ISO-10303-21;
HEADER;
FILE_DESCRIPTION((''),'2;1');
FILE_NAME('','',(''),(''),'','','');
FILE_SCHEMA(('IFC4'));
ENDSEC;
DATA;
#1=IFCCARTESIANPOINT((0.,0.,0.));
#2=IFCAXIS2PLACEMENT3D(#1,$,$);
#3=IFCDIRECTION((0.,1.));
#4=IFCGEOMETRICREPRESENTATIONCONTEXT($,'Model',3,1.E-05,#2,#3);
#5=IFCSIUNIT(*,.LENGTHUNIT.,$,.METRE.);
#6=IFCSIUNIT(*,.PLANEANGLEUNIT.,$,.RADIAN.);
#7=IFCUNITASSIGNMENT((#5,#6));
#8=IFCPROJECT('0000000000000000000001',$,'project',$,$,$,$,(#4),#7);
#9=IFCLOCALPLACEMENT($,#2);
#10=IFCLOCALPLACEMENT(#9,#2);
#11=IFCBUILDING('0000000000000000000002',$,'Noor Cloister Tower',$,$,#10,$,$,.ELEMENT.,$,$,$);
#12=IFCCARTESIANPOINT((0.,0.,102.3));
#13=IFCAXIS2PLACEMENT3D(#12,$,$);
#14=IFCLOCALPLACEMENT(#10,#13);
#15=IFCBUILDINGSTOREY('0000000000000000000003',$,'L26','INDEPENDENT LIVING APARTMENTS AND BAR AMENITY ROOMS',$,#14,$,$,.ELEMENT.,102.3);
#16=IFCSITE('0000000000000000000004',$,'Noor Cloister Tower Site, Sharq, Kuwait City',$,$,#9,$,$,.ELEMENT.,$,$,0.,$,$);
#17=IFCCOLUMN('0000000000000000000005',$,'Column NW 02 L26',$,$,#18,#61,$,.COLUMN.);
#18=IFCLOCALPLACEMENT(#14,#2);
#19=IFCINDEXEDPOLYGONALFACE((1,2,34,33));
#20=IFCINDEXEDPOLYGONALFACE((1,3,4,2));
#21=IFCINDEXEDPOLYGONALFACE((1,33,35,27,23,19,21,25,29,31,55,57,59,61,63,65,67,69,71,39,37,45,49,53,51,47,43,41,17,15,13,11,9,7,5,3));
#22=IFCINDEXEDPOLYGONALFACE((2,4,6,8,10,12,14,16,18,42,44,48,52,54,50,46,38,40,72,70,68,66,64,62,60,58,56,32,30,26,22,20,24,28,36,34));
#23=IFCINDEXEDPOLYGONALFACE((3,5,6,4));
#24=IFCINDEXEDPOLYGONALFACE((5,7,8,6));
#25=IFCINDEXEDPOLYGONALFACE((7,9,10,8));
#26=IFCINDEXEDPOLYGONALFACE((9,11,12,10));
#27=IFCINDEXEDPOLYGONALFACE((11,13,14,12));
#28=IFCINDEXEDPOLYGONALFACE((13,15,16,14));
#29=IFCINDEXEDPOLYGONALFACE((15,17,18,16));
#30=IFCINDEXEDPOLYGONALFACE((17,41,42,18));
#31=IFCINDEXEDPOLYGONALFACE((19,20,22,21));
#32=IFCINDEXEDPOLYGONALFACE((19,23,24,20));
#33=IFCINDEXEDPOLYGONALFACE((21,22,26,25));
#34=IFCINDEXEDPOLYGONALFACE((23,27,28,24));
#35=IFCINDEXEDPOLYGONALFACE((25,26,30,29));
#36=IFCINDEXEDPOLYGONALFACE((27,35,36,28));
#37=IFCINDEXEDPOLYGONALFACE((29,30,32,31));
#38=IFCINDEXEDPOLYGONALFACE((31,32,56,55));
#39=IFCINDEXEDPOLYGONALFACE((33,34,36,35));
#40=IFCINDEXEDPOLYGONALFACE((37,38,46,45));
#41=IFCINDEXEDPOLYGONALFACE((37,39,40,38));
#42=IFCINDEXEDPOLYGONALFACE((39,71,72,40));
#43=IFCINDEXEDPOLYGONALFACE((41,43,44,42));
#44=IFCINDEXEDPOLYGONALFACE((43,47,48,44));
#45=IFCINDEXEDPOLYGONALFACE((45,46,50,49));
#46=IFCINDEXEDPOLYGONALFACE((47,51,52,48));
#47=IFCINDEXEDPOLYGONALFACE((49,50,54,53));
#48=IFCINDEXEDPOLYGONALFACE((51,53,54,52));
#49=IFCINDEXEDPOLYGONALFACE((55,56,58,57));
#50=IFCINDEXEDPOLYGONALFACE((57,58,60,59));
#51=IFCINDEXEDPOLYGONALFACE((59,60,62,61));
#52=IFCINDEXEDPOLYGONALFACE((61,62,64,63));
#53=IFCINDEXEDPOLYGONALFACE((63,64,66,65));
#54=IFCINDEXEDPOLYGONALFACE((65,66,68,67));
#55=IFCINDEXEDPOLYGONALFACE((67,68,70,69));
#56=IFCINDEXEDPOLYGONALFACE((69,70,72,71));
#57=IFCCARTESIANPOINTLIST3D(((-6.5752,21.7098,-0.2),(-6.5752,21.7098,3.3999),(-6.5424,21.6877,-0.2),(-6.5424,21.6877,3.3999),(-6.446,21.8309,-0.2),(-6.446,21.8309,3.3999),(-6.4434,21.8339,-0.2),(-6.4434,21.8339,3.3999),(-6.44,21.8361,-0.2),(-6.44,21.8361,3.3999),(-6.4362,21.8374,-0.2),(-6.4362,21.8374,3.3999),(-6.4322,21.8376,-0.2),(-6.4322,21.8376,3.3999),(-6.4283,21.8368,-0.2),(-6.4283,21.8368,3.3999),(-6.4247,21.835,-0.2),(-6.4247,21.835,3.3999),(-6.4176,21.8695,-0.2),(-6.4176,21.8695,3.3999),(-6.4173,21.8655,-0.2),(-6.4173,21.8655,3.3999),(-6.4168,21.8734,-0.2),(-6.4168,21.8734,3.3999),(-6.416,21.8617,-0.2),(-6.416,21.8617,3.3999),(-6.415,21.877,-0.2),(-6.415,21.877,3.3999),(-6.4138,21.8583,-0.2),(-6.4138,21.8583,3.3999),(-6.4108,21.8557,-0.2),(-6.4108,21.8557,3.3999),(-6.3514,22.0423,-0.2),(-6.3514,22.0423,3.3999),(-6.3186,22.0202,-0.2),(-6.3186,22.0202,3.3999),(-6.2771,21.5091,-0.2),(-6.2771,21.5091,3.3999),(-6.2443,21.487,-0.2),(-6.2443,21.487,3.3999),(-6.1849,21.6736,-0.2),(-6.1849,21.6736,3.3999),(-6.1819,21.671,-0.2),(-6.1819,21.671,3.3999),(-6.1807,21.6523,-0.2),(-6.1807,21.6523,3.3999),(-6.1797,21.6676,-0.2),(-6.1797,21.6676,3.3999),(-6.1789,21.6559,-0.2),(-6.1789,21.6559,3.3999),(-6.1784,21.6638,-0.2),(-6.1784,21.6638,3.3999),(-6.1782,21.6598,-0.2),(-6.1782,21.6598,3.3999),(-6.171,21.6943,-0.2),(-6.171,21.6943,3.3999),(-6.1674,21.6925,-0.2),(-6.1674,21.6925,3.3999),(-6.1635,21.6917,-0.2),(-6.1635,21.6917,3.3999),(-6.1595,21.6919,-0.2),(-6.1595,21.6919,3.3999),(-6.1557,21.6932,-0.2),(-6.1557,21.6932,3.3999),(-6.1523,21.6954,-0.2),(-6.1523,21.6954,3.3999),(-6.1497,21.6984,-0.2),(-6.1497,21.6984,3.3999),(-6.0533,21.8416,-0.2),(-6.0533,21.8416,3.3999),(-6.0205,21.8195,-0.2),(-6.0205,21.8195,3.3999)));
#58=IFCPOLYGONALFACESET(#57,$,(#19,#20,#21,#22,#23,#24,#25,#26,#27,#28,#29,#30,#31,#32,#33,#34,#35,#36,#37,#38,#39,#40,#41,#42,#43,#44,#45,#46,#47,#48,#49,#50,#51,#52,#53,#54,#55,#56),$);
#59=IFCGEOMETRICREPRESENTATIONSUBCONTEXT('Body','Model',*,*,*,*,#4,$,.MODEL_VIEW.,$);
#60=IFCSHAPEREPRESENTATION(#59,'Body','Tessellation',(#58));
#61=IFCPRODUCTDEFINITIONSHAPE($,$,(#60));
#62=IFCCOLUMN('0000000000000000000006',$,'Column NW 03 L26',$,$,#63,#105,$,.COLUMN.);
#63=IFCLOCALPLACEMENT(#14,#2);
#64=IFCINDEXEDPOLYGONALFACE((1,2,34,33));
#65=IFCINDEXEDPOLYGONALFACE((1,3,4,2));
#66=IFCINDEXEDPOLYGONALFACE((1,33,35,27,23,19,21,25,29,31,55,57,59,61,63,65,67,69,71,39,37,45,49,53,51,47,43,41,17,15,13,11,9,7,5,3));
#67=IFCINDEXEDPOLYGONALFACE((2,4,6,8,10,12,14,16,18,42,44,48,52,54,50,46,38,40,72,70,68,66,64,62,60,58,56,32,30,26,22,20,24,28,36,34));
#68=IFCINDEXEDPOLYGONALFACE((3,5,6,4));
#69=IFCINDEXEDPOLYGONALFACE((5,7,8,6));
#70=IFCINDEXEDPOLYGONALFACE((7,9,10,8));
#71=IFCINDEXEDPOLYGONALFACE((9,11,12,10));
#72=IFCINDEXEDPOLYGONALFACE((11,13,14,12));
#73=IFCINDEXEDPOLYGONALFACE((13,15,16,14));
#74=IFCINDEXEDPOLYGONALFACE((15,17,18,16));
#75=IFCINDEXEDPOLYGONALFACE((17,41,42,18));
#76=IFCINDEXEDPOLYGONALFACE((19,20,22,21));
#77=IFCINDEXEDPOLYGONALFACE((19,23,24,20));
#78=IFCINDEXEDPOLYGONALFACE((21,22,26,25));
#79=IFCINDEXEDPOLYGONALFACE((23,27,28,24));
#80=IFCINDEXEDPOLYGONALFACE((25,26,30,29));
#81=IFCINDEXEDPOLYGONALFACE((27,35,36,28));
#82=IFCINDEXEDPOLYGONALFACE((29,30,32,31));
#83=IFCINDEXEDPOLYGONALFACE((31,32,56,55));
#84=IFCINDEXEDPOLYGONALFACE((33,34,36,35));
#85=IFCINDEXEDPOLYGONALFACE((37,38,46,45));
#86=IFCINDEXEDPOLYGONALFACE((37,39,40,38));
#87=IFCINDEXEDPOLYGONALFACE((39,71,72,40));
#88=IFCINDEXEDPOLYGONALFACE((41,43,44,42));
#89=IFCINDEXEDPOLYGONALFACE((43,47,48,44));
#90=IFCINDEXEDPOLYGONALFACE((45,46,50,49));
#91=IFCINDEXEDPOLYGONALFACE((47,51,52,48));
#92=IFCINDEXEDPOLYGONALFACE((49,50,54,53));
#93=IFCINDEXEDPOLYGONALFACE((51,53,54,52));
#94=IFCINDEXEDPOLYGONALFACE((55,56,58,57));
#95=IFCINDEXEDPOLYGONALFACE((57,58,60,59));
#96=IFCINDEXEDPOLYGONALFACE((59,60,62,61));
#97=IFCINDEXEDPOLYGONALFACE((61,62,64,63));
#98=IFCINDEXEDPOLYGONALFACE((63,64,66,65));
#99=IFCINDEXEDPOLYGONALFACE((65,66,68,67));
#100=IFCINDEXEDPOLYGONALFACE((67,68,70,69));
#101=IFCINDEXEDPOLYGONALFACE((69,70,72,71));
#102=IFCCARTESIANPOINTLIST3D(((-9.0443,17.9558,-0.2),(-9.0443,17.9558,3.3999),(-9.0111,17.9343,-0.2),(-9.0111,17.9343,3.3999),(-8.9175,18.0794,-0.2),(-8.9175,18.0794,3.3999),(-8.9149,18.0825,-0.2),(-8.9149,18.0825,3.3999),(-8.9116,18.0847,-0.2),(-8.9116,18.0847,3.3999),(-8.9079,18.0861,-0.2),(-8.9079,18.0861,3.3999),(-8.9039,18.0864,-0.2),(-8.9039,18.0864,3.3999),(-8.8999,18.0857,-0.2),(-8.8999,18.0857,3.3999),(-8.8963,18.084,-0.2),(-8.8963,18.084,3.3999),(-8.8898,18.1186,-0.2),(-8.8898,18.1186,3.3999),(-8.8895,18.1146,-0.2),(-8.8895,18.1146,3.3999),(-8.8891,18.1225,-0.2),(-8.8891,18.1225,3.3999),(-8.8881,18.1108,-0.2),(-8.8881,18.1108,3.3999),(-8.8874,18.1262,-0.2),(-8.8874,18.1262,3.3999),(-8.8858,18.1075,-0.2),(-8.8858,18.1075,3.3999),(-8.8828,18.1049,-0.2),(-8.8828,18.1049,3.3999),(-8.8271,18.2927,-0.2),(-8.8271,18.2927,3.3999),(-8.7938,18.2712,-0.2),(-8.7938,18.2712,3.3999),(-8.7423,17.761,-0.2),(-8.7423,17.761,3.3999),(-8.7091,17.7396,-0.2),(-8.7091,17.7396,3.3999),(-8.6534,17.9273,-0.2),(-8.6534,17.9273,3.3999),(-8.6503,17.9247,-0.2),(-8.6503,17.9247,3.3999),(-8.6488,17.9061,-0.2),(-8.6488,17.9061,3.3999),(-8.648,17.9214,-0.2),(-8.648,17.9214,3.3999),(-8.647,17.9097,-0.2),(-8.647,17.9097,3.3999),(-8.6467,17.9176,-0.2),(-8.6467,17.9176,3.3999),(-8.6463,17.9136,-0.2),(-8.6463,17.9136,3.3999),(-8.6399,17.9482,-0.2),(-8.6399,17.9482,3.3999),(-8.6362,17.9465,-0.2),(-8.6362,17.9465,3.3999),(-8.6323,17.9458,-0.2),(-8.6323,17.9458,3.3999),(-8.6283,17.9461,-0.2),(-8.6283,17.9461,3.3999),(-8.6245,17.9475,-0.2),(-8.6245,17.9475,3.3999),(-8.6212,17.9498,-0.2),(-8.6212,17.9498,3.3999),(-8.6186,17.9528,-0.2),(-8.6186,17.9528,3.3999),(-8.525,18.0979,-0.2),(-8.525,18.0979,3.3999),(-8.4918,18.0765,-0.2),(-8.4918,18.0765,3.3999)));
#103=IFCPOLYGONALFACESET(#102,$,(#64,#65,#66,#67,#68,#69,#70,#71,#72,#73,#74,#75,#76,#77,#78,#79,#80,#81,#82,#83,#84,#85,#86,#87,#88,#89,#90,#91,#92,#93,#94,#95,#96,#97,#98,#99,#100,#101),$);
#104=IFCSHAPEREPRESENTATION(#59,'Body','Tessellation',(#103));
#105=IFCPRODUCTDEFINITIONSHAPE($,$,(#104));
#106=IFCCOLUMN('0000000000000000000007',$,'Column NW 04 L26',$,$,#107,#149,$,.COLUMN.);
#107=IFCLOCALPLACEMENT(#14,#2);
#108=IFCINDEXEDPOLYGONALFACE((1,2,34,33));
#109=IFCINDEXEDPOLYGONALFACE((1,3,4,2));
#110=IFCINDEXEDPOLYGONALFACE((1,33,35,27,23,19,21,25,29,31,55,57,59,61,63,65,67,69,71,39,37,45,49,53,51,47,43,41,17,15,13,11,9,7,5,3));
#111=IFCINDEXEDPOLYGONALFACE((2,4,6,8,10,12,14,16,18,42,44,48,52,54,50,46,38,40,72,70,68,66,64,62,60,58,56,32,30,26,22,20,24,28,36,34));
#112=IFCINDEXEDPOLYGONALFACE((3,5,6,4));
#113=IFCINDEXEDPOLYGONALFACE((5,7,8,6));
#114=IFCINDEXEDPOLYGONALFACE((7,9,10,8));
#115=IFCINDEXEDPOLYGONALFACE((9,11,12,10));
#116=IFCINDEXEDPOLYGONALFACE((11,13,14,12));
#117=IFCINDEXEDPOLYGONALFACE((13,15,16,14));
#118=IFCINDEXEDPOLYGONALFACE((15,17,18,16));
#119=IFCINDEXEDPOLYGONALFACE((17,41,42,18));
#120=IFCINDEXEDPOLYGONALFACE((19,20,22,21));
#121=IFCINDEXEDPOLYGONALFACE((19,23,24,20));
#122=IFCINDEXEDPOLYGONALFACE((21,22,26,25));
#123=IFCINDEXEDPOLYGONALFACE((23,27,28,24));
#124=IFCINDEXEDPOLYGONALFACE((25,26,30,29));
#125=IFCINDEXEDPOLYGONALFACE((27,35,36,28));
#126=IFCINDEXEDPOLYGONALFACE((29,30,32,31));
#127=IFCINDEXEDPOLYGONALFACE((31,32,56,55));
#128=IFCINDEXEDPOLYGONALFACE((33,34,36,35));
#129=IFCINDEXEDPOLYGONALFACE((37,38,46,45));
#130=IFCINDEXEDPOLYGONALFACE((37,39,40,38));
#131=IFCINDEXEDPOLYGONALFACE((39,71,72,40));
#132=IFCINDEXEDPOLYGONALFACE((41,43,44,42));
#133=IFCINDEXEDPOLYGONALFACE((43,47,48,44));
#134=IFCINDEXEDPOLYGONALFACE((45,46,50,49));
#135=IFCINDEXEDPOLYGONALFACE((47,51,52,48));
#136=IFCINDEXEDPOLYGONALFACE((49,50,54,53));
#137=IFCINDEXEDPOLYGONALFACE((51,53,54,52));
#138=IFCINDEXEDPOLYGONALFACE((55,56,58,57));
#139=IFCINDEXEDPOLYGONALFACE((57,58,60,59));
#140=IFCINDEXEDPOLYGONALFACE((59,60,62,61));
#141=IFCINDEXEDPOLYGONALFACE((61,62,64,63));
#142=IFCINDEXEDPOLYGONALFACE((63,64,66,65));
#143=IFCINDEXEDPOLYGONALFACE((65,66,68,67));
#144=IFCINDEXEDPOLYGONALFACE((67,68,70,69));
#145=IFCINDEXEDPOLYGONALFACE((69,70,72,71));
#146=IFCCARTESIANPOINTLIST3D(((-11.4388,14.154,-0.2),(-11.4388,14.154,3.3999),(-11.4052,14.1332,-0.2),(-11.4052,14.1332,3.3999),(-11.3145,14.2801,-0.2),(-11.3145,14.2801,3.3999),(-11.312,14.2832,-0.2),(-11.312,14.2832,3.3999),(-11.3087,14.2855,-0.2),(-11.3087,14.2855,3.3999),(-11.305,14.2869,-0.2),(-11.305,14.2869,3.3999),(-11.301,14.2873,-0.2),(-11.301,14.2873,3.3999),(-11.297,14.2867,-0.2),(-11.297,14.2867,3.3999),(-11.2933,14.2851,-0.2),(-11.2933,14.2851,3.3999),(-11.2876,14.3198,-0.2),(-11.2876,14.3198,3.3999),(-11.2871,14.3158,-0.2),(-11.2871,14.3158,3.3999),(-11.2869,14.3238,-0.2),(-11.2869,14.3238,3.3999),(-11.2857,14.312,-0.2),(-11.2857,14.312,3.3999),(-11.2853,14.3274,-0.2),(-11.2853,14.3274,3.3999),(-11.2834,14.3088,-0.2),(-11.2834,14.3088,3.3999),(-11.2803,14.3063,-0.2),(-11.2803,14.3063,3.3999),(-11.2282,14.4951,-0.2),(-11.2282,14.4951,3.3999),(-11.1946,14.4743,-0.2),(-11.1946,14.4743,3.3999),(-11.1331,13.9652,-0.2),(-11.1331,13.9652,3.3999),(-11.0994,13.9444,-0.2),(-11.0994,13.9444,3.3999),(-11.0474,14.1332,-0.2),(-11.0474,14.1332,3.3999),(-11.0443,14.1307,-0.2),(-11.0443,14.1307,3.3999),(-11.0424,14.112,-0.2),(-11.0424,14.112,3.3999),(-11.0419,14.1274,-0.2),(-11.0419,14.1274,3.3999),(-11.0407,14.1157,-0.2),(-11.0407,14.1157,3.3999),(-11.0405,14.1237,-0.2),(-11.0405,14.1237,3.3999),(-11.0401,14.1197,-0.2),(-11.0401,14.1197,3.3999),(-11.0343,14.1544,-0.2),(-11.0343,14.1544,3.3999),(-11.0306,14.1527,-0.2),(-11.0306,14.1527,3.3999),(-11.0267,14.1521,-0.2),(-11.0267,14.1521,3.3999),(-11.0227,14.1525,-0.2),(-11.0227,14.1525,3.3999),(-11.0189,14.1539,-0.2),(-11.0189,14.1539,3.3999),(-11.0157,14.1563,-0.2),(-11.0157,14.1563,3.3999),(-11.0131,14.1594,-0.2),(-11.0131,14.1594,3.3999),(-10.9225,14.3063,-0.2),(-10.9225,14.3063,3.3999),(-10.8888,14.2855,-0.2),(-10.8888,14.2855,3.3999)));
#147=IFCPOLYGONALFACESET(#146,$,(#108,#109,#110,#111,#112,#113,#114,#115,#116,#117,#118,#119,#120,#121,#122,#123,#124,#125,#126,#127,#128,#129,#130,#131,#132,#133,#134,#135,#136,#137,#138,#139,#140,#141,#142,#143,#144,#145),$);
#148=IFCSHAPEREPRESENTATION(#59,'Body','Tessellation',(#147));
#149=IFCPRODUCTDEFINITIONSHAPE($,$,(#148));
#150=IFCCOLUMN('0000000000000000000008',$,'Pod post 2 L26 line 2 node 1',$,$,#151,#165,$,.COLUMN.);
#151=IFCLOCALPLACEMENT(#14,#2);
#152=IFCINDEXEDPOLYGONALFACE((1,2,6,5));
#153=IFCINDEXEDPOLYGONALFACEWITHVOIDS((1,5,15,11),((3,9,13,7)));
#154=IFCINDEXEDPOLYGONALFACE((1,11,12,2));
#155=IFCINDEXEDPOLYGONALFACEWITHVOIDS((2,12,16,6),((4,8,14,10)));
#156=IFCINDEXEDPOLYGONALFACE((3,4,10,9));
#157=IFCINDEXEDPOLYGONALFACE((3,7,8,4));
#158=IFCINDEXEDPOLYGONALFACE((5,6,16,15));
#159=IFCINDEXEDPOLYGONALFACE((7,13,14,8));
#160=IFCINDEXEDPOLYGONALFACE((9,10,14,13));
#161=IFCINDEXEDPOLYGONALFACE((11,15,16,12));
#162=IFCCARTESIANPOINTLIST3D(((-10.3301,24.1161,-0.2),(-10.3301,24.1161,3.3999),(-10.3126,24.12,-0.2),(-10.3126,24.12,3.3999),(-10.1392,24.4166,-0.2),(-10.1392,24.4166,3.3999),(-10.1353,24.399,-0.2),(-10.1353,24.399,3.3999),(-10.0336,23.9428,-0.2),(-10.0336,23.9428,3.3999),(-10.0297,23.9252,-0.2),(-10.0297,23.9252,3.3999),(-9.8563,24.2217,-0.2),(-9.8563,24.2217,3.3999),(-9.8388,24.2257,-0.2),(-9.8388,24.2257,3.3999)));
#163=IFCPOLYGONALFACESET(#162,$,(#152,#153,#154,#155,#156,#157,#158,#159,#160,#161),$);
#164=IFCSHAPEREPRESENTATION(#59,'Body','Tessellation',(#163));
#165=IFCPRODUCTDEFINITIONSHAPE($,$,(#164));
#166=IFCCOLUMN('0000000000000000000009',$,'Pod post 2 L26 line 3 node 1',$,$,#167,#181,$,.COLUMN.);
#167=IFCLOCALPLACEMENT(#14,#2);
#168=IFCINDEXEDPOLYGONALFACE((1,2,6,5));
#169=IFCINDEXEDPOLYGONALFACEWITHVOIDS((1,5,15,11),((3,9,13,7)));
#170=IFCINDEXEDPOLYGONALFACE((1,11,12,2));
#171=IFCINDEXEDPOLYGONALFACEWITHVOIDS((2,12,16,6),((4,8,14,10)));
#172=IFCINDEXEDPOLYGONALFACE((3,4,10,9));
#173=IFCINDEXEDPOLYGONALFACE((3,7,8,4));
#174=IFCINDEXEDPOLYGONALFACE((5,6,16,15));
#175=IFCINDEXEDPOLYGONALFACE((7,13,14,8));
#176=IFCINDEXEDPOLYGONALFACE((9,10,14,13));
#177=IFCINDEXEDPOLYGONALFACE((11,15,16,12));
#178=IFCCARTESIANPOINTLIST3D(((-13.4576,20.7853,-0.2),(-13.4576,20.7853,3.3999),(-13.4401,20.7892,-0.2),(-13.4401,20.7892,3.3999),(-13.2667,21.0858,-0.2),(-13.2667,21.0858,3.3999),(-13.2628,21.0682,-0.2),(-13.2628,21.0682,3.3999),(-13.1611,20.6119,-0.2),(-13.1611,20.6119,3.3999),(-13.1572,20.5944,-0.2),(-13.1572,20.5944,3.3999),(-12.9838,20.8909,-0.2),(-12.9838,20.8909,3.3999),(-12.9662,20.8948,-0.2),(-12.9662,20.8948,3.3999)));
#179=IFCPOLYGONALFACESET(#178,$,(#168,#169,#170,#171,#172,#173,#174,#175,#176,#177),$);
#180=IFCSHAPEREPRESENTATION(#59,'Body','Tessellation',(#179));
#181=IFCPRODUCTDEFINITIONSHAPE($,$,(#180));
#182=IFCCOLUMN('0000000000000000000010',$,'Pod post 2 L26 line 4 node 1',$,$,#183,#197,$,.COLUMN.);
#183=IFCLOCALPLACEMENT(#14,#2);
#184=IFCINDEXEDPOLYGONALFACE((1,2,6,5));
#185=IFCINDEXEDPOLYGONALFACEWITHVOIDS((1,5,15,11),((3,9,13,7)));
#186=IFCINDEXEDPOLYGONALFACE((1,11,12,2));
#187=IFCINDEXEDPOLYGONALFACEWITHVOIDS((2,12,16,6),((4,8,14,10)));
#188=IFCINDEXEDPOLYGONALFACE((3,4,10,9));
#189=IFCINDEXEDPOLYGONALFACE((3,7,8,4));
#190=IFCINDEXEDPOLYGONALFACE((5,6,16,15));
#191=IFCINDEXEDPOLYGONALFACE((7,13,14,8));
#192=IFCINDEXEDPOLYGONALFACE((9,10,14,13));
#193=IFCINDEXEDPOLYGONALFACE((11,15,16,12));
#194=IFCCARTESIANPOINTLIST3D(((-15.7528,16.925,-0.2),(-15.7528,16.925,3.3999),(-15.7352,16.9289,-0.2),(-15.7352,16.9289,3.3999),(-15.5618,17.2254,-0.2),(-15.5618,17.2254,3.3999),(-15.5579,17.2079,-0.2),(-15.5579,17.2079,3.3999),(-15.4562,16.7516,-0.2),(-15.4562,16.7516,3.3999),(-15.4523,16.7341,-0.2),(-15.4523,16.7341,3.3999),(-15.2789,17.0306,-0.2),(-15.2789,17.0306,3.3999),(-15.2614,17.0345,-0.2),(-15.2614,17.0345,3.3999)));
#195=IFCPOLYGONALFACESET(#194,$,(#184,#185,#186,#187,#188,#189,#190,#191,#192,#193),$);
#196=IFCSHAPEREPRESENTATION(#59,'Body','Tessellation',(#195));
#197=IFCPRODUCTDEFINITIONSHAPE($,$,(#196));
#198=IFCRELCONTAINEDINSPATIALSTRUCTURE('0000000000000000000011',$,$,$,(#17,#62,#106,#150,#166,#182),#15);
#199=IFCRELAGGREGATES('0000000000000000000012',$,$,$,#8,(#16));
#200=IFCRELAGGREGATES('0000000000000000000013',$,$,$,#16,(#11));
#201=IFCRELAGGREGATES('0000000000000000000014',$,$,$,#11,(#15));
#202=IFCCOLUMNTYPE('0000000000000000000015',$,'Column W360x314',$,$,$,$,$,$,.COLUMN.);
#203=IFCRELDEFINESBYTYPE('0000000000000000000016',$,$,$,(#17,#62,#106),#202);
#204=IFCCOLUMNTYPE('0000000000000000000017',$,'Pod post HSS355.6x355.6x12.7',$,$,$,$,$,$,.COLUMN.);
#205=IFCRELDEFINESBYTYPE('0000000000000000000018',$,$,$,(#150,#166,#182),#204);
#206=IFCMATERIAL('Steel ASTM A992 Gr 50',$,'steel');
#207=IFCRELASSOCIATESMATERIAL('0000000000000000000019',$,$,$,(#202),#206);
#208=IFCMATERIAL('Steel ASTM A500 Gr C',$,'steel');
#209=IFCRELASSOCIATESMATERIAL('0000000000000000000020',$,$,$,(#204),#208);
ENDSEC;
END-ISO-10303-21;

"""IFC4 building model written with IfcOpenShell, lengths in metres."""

from ifc_helpers import new_model, si_unit, direction, frame, origin, origin_2d, place, context, subcontext, project, spatial, hollow_rectangle, i_section, extrude, material, material_profile, profile_set, type_object, element, save


model = new_model("IFC4")

# Units and contexts
model_context = context("Model", 3, precision=1e-05, world=origin(), true_north=direction((0.0, 1.0)))
body_context = subcontext(model_context, "Body", "Model", "MODEL_VIEW")
ifc_project = project(units=[si_unit("LENGTHUNIT", "METRE"), si_unit("PLANEANGLEUNIT", "RADIAN")], contexts=[model_context])

# Site, building, storey
site_placement = place(None, origin())
site = spatial("IfcSite", under=ifc_project, at=site_placement, Name="Noor Cloister Tower Site, Sharq, Kuwait City", CompositionType="ELEMENT", RefElevation=0.0)
building_placement = place(site_placement, origin())
building = spatial("IfcBuilding", under=site, at=building_placement, Name="Noor Cloister Tower", CompositionType="ELEMENT")
storey_placement = place(building_placement, frame((0.0, 0.0, 102.3)))
storey = spatial("IfcBuildingStorey", under=building, at=storey_placement, Name="L26", Description="INDEPENDENT LIVING APARTMENTS AND BAR AMENITY ROOMS", CompositionType="ELEMENT", Elevation=102.3)

# Columns
ifc_material_1 = material(Name="Steel ASTM A992 Gr 50", Category="steel")
ifc_material_profile_1 = material_profile(ifc_material_1, i_section(OverallWidth=0.4009, OverallDepth=0.3989, WebThickness=0.0249, FlangeThickness=0.0396, FilletRadius=0.0154, at=origin_2d()), Name="W360x314")
ifc_profile_set_1 = profile_set([ifc_material_profile_1], Name="Steel ASTM A992 Gr 50")
column_type_1 = type_object("IfcColumnType", Name="Column W360x314", PredefinedType="COLUMN", material=ifc_profile_set_1)
for number, where, z_axis, x_axis, name in (
    (1, (-6.2979, 21.7646, -0.2), (0.0, 0.0, 1.0), (-0.558429, -0.829553, 0.0), "Column NW 02 L26"),
    (2, (-8.7681, 18.0161, -0.2), (0.0, 0.0, 1.0), (-0.541993, -0.840383, 0.0), "Column NW 03 L26"),
    (3, (-11.1638, 14.2197, -0.2), (0.0, 0.0, 1.0), (-0.525348, -0.850888, 0.0), "Column NW 04 L26"),
):
    element("IfcColumn", number, at=place(storey_placement, frame(where, z_axis=z_axis, x_axis=x_axis)), inside=storey, type_object=column_type_1, Name=name, PredefinedType="COLUMN", context=body_context, shape_type="SweptSolid", body=[
        extrude(i_section(OverallWidth=0.4009, OverallDepth=0.3989, WebThickness=0.0249, FlangeThickness=0.0396, FilletRadius=0.0154, at=origin_2d()), origin(), (0.0, 0.0, 1.0), 3.5999),
    ])
ifc_material_2 = material(Name="Steel ASTM A500 Gr C", Category="steel")
ifc_material_profile_2 = material_profile(ifc_material_2, hollow_rectangle(XDim=0.356, YDim=0.356, WallThickness=0.0127, at=origin_2d()), Name="HSS355.6x355.6x12.7")
ifc_profile_set_2 = profile_set([ifc_material_profile_2], Name="Steel ASTM A500 Gr C")
column_type_2 = type_object("IfcColumnType", Name="Pod post HSS355.6x355.6x12.7", PredefinedType="COLUMN", material=ifc_profile_set_2)
for number, where, z_axis, x_axis, name in (
    (4, (-10.0845, 24.1709, -0.2), (0.0, 0.0, 1.0), (-0.843996, 0.53635, 0.0), "Pod post 2 L26 line 2 node 1"),
    (5, (-13.2119, 20.8401, -0.2), (0.0, 0.0, 1.0), (-0.843996, 0.53635, 0.0), "Pod post 2 L26 line 3 node 1"),
    (6, (-15.5071, 16.9797, -0.2), (0.0, 0.0, 1.0), (-0.843996, 0.53635, 0.0), "Pod post 2 L26 line 4 node 1"),
):
    element("IfcColumn", number, at=place(storey_placement, frame(where, z_axis=z_axis, x_axis=x_axis)), inside=storey, type_object=column_type_2, Name=name, PredefinedType="COLUMN", context=body_context, shape_type="SweptSolid", body=[
        extrude(hollow_rectangle(XDim=0.356, YDim=0.356, WallThickness=0.0127, at=origin_2d()), origin(), (0.0, 0.0, 1.0), 3.5999),
    ])

save(model, "model.ifc")
